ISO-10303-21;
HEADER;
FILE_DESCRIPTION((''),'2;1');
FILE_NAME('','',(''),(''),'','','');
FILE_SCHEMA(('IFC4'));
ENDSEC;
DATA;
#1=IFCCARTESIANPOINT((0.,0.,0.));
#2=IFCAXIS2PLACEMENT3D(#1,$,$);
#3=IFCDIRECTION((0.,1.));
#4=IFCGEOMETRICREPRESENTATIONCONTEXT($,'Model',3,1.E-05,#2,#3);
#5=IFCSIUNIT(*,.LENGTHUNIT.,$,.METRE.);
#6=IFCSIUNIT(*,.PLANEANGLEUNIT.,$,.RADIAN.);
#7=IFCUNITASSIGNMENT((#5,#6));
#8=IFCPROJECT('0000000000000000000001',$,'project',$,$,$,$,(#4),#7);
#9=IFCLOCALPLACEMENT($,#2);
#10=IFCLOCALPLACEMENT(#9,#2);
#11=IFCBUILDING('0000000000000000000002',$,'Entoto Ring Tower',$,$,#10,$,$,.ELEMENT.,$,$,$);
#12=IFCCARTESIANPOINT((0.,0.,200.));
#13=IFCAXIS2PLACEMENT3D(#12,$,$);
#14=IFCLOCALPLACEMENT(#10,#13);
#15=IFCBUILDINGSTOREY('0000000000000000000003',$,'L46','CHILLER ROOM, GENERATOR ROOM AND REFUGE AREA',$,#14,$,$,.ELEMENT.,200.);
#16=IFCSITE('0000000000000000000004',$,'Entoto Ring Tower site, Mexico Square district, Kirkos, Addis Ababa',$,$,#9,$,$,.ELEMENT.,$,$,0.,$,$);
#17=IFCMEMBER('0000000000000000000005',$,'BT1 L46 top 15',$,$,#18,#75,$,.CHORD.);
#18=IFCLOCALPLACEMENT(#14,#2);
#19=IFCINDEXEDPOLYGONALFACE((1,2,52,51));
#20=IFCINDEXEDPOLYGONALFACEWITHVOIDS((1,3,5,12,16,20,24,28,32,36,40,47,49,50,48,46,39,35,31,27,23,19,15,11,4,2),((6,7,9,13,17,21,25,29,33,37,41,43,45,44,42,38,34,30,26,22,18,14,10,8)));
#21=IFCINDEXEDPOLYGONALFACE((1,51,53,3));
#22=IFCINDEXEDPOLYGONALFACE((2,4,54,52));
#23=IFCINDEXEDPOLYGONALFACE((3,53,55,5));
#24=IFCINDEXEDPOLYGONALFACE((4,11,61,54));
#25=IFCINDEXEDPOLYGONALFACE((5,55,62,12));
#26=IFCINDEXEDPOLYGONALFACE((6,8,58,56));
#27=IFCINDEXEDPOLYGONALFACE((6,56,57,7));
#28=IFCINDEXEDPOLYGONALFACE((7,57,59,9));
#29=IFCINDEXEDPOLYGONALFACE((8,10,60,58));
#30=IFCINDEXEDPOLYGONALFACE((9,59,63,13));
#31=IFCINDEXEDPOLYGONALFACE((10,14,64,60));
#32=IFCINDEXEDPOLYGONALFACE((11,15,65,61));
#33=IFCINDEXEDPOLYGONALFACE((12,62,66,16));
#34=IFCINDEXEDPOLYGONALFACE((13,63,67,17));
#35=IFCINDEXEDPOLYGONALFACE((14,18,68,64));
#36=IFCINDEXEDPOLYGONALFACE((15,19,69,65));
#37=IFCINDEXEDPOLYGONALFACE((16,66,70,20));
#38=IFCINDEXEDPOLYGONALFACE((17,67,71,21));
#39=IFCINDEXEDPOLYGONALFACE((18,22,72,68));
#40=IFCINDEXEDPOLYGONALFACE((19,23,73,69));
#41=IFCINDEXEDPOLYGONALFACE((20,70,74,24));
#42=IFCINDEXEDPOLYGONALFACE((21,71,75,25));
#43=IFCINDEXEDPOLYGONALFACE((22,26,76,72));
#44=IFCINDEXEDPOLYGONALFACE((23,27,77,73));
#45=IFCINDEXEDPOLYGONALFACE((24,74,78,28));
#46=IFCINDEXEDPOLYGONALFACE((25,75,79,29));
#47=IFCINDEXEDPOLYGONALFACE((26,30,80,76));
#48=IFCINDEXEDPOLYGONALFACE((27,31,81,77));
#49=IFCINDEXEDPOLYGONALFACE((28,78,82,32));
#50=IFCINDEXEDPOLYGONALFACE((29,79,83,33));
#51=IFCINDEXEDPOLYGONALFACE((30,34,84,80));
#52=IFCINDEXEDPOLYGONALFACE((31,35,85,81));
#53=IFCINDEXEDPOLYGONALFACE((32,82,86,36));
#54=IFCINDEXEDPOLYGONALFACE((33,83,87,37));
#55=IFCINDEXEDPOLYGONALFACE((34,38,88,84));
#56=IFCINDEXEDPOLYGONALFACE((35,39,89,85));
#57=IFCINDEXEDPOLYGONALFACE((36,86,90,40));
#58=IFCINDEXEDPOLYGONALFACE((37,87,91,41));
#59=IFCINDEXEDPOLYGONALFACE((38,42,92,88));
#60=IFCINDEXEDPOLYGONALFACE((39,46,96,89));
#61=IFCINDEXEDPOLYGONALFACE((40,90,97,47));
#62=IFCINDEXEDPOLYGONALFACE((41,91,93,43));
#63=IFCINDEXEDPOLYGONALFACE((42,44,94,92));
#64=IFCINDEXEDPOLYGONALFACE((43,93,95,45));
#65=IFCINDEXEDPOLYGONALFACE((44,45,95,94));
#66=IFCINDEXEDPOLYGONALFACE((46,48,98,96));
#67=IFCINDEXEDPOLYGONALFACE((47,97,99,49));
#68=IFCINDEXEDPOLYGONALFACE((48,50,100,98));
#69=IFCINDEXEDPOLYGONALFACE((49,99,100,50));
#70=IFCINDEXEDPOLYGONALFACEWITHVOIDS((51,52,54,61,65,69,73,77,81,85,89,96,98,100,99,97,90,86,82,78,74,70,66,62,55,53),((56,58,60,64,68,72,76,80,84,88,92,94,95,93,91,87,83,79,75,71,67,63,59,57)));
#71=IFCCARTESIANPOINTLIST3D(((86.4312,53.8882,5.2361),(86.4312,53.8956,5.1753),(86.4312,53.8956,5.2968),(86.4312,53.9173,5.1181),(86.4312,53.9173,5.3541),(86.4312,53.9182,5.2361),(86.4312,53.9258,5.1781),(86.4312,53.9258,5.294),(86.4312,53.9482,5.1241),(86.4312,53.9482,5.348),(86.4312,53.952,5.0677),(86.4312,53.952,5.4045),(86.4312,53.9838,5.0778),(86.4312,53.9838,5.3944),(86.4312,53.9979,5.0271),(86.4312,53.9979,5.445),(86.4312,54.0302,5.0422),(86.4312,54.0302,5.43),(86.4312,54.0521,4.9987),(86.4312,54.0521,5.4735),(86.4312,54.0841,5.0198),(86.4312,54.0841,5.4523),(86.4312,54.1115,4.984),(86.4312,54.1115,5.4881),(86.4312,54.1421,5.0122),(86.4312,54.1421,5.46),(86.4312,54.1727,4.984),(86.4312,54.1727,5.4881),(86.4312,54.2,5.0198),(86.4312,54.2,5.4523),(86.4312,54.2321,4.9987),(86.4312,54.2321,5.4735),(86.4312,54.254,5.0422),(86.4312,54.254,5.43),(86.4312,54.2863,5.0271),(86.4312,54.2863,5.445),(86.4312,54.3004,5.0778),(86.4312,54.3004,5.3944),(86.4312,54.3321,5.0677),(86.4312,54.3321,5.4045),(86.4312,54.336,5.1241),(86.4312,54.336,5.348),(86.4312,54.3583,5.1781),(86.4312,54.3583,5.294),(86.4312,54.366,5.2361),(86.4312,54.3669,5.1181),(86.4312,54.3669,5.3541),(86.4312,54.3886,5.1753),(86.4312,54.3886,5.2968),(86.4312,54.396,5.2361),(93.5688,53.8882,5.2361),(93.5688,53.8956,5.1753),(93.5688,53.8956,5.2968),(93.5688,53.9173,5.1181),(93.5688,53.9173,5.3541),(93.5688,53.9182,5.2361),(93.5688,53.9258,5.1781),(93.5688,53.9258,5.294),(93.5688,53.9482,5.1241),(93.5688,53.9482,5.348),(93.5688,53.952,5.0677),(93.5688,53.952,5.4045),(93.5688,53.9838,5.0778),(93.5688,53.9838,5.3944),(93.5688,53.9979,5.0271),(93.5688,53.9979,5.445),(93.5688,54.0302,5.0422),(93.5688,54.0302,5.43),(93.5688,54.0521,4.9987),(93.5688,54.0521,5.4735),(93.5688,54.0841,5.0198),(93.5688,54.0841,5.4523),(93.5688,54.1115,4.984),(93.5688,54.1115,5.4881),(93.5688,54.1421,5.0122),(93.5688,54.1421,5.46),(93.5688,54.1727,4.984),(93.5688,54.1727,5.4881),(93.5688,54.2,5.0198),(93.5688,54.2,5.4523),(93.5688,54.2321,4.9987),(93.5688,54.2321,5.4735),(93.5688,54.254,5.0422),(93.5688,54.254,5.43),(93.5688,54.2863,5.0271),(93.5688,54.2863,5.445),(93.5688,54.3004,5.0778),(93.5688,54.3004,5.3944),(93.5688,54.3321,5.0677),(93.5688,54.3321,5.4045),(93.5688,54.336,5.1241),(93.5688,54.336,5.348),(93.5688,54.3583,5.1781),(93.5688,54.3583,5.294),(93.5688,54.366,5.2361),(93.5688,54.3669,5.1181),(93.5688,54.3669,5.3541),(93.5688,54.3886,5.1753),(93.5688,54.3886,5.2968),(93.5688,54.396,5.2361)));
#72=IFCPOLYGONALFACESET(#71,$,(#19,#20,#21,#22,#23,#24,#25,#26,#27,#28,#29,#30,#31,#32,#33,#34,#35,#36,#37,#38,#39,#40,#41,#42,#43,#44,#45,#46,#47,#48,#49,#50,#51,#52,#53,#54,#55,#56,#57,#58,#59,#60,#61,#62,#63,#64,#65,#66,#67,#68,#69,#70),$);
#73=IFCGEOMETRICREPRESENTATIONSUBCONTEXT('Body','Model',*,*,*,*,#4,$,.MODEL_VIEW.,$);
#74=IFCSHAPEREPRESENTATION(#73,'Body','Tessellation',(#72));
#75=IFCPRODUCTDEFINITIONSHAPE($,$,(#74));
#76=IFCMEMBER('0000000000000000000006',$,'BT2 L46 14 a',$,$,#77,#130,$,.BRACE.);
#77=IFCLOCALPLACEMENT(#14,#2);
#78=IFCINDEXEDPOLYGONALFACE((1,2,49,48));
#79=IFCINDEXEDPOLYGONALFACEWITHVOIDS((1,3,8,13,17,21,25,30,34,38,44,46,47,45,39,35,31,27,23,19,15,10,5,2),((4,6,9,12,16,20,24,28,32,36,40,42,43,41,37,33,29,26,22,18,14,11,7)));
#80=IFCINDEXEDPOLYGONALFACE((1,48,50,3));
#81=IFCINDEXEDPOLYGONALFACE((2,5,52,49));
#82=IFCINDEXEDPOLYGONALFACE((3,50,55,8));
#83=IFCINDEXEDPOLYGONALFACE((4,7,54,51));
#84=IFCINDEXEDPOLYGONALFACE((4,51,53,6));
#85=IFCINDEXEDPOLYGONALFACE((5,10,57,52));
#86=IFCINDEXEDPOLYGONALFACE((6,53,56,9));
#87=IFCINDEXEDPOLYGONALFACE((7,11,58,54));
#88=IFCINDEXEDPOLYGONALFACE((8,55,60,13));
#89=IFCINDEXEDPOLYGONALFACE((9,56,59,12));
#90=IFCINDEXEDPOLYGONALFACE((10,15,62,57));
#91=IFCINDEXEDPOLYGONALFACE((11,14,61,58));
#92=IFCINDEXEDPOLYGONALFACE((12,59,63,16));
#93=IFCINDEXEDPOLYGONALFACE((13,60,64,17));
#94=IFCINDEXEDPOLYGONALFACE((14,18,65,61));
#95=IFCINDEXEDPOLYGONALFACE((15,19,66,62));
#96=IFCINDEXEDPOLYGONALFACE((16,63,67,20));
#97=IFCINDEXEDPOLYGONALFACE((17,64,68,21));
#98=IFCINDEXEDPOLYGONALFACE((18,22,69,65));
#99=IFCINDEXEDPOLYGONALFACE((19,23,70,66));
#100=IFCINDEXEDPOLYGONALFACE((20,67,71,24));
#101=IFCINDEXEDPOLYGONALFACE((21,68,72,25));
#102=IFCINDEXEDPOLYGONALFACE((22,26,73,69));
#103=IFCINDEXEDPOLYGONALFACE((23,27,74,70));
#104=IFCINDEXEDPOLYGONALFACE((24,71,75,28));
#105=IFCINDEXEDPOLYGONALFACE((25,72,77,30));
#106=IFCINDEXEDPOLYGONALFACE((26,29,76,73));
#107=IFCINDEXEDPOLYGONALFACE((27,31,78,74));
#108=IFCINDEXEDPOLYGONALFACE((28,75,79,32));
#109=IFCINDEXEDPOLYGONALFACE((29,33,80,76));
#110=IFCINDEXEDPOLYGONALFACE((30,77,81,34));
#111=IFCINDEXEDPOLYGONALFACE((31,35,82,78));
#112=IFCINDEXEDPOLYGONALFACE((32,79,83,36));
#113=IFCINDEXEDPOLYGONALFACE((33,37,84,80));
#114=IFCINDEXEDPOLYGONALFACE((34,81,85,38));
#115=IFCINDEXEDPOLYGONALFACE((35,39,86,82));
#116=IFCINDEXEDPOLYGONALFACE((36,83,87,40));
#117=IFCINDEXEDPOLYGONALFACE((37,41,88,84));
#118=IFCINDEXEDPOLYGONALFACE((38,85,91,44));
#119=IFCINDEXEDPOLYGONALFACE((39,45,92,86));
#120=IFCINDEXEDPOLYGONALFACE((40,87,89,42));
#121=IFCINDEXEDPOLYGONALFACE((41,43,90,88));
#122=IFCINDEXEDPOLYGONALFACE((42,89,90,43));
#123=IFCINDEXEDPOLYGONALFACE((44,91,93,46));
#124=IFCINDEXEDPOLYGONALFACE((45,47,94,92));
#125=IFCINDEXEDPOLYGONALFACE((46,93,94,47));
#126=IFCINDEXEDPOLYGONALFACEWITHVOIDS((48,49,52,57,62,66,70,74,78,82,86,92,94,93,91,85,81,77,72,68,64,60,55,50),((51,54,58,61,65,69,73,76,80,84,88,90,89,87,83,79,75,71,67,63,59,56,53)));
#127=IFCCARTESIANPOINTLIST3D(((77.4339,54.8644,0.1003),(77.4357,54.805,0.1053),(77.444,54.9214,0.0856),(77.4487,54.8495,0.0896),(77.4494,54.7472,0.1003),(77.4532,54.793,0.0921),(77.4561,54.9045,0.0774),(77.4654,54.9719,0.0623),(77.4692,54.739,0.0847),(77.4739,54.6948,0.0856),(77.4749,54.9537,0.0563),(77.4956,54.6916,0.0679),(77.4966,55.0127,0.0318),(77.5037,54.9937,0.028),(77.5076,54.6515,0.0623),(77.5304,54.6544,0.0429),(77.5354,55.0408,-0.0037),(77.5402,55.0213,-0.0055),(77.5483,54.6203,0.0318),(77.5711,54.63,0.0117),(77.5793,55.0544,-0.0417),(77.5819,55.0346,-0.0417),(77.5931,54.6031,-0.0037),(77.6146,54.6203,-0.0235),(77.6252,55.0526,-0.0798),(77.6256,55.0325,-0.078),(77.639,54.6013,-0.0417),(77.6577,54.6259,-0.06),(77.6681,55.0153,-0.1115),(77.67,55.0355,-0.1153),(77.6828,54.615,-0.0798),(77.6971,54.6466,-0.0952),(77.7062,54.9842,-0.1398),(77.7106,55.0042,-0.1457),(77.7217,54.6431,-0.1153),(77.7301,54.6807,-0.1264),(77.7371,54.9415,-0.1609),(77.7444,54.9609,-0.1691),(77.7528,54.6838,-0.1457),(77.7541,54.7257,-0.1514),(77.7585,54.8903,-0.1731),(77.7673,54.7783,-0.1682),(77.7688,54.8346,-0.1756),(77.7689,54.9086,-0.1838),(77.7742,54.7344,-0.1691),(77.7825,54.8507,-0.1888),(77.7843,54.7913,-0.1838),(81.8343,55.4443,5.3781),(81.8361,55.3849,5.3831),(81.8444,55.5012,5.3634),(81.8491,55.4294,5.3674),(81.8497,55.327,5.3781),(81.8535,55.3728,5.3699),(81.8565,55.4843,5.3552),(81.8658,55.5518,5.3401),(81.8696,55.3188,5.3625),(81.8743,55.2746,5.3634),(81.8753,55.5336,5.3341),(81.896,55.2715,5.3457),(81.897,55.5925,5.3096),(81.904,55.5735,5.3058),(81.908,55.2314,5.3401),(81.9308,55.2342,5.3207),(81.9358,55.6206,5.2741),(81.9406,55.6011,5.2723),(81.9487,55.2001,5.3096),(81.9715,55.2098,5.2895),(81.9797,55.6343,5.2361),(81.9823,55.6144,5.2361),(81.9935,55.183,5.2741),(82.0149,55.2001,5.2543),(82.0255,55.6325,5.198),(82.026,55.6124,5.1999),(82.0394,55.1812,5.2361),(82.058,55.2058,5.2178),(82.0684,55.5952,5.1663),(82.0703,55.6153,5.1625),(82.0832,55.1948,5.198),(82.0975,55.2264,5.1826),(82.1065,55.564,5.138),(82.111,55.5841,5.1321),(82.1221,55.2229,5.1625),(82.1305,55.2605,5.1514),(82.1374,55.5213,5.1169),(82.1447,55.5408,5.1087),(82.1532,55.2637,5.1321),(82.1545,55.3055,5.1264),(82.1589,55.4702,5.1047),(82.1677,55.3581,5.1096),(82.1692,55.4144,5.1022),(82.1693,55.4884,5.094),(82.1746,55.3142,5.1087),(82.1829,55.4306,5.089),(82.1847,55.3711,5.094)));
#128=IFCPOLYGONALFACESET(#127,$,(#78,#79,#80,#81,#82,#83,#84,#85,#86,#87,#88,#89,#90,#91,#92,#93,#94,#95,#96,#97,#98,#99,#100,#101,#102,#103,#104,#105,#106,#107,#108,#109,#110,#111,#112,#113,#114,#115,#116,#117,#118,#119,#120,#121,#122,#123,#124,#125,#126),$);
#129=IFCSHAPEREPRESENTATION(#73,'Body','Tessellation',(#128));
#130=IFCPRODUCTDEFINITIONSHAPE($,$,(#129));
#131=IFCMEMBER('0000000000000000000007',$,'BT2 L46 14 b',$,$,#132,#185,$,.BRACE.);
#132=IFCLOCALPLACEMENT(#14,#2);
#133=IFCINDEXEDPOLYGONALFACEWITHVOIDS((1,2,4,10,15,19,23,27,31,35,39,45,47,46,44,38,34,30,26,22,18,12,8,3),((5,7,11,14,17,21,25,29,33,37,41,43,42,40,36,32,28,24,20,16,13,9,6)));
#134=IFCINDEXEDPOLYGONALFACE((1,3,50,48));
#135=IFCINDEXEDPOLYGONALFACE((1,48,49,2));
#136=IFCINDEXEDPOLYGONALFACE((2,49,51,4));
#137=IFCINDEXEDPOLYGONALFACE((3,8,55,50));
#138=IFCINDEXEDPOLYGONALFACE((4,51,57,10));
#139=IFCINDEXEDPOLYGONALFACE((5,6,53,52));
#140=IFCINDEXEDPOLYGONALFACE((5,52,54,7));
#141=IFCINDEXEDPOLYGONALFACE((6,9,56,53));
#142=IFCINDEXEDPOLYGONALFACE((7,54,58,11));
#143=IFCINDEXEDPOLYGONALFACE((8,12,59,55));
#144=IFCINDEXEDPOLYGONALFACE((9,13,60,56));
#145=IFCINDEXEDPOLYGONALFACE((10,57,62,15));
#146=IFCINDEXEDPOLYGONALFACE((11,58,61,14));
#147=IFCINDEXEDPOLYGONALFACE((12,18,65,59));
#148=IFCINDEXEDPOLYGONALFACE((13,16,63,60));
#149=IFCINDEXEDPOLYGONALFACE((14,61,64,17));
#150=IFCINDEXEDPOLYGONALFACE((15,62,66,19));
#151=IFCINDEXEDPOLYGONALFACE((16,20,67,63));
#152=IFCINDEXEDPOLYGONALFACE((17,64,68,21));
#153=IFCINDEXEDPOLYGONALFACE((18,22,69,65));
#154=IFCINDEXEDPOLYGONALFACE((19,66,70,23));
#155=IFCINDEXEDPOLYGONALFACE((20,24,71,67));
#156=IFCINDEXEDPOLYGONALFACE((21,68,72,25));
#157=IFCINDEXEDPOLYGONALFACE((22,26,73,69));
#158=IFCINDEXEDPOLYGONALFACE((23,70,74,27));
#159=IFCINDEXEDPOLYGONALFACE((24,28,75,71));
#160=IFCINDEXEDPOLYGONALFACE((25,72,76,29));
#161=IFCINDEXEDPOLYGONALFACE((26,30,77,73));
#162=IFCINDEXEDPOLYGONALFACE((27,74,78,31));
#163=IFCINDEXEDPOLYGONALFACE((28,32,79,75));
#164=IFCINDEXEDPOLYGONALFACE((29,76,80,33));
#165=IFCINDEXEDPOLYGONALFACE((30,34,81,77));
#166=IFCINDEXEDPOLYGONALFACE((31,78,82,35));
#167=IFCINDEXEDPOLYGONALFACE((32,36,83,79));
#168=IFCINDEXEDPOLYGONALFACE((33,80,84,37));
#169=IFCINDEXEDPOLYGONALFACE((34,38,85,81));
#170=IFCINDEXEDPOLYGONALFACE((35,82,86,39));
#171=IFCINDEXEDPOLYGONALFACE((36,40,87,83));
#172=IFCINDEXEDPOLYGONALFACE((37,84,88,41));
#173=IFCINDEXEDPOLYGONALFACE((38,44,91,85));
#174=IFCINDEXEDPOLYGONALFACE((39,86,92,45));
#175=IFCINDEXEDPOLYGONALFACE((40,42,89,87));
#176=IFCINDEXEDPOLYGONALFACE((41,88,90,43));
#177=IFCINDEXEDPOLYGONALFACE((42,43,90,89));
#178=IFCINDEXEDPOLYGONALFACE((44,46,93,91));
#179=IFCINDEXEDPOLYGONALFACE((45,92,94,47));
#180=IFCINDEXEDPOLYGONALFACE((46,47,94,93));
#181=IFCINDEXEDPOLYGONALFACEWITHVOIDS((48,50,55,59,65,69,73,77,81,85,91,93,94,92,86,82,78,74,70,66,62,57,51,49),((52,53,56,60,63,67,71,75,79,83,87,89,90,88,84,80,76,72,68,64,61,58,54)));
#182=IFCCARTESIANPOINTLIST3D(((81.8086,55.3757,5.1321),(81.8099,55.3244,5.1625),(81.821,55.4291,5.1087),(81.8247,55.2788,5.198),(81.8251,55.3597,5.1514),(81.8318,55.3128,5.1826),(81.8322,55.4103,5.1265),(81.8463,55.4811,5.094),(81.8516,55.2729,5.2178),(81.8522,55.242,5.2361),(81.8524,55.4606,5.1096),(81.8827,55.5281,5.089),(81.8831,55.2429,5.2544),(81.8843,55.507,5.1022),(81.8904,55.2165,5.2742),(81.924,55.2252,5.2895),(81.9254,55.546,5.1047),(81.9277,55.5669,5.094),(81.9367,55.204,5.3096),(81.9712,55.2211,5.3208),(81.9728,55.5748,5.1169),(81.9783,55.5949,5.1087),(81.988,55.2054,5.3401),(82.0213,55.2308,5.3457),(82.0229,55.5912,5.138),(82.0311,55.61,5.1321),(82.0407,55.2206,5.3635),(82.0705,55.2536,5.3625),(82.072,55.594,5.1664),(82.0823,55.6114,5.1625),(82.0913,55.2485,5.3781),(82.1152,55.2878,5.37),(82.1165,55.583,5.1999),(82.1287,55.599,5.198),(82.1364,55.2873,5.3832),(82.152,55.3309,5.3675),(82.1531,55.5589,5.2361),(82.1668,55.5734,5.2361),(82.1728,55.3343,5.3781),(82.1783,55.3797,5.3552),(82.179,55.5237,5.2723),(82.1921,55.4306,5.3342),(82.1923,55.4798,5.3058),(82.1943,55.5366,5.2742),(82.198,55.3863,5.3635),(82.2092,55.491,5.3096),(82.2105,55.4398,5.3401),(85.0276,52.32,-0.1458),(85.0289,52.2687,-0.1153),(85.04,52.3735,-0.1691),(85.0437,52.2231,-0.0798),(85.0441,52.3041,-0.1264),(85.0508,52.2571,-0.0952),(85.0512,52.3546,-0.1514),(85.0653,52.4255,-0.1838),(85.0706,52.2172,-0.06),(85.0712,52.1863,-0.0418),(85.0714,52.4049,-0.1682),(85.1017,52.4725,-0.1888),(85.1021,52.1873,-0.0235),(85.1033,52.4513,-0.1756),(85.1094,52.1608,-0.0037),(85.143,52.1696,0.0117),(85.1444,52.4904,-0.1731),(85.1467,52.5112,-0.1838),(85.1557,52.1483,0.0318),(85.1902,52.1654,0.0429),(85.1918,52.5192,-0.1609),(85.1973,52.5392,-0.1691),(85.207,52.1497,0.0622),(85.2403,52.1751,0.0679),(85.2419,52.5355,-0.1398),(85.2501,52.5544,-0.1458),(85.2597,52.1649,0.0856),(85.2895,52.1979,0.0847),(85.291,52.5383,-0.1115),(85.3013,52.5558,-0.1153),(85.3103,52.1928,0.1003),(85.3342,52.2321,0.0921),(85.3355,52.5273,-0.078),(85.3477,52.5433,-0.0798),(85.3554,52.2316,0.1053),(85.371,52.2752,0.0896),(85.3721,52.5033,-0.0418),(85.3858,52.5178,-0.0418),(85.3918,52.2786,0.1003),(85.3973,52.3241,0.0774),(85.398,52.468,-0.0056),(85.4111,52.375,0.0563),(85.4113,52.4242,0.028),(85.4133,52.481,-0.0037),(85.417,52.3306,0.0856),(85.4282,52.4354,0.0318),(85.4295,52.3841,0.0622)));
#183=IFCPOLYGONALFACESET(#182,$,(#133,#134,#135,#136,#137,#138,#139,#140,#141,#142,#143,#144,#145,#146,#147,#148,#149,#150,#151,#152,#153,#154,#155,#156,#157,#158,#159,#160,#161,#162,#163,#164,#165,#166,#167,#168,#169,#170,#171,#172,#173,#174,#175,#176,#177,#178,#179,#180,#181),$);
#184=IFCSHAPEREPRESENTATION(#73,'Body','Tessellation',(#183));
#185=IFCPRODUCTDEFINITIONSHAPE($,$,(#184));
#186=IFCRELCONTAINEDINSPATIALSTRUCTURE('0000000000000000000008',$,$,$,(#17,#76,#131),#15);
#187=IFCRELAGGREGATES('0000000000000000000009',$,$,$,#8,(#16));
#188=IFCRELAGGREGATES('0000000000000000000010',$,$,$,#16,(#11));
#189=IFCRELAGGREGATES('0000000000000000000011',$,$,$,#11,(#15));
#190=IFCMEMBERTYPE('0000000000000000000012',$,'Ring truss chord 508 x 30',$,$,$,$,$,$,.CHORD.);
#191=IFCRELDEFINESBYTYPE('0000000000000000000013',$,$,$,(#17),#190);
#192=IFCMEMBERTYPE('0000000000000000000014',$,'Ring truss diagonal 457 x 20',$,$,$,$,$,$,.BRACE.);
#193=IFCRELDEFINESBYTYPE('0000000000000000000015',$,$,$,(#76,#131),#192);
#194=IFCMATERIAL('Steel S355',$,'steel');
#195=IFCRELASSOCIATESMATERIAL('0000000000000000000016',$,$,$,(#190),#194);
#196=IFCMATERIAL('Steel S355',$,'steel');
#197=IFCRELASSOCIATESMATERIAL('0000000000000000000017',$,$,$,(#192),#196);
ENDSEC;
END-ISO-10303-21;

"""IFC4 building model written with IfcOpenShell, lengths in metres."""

from ifc_helpers import new_model, si_unit, direction, frame, origin, origin_2d, place, context, subcontext, project, spatial, circle, hollow_circle, extrude, material, material_profile, profile_set, type_object, element, save


model = new_model("IFC4")

# Units and contexts
model_context = context("Model", 3, precision=1e-05, world=origin(), true_north=direction((0.0, 1.0)))
body_context = subcontext(model_context, "Body", "Model", "MODEL_VIEW")
ifc_project = project(units=[si_unit("LENGTHUNIT", "METRE"), si_unit("PLANEANGLEUNIT", "RADIAN")], contexts=[model_context])

# Site, building, storey
site_placement = place(None, origin())
site = spatial("IfcSite", under=ifc_project, at=site_placement, Name="Entoto Ring Tower site, Mexico Square district, Kirkos, Addis Ababa", CompositionType="ELEMENT", RefElevation=0.0)
building_placement = place(site_placement, origin())
building = spatial("IfcBuilding", under=site, at=building_placement, Name="Entoto Ring Tower", CompositionType="ELEMENT")
storey_placement = place(building_placement, frame((0.0, 0.0, 200.0)))
storey = spatial("IfcBuildingStorey", under=building, at=storey_placement, Name="L46", Description="CHILLER ROOM, GENERATOR ROOM AND REFUGE AREA", CompositionType="ELEMENT", Elevation=200.0)

# Members
ifc_material_1 = material(Name="Steel S355", Category="steel")
ifc_material_profile_1 = material_profile(ifc_material_1, hollow_circle(Radius=0.2539, WallThickness=0.03, at=origin_2d()), Name="CHS 508 x 30")
ifc_material_2 = material(Name="Concrete C60/75", Category="concrete")
ifc_material_profile_2 = material_profile(ifc_material_2, circle(Radius=0.2241, at=origin_2d()), Name="Concrete C60/75 infill")
ifc_profile_set_1 = profile_set([ifc_material_profile_1, ifc_material_profile_2], Name="Steel S355")
member_type_1 = type_object("IfcMemberType", Name="Ring truss chord 508 x 30", PredefinedType="CHORD", material=ifc_profile_set_1)
member_1_placement = place(storey_placement, frame((86.4312, 54.1421, 5.2361), z_axis=(1.0, 0.0, 0.0), x_axis=(0.0, 1.0, 0.0)))
element("IfcMember", 1, at=member_1_placement, inside=storey, type_object=member_type_1, Name="BT1 L46 top 15", PredefinedType="CHORD", context=body_context, shape_type="SweptSolid", body=[
    extrude(hollow_circle(Radius=0.2539, WallThickness=0.03, at=origin_2d()), origin(), (0.0, 0.0, 1.0), 7.1377),
])
ifc_material_3 = material(Name="Steel S355", Category="steel")
ifc_material_profile_3 = material_profile(ifc_material_3, hollow_circle(Radius=0.2285, WallThickness=0.02, at=origin_2d()), Name="CHS 457 x 20")
ifc_material_4 = material(Name="Concrete C60/75", Category="concrete")
ifc_material_profile_4 = material_profile(ifc_material_4, circle(Radius=0.2085, at=origin_2d()), Name="Concrete C60/75 infill")
ifc_profile_set_2 = profile_set([ifc_material_profile_3, ifc_material_profile_4], Name="Steel S355")
member_type_2 = type_object("IfcMemberType", Name="Ring truss diagonal 457 x 20", PredefinedType="BRACE", material=ifc_profile_set_2)
for number, where, z_axis, x_axis, name in (
    (2, (77.6091, 54.8279, -0.0417), (0.638105, 0.084082, 0.765344), (-0.130639, 0.99143, 0.0), "BT2 L46 14 a"),
    (3, (82.0095, 55.4077, 5.2361), (0.466793, -0.443108, -0.765349), (0.688468, 0.725267, 0.0), "BT2 L46 14 b"),
):
    element("IfcMember", number, at=place(storey_placement, frame(where, z_axis=z_axis, x_axis=x_axis)), inside=storey, type_object=member_type_2, Name=name, PredefinedType="BRACE", context=body_context, shape_type="SweptSolid", body=[
        extrude(hollow_circle(Radius=0.2285, WallThickness=0.02, at=origin_2d()), origin(), (0.0, 0.0, 1.0), 6.896),
    ])

save(model, "model.ifc")
